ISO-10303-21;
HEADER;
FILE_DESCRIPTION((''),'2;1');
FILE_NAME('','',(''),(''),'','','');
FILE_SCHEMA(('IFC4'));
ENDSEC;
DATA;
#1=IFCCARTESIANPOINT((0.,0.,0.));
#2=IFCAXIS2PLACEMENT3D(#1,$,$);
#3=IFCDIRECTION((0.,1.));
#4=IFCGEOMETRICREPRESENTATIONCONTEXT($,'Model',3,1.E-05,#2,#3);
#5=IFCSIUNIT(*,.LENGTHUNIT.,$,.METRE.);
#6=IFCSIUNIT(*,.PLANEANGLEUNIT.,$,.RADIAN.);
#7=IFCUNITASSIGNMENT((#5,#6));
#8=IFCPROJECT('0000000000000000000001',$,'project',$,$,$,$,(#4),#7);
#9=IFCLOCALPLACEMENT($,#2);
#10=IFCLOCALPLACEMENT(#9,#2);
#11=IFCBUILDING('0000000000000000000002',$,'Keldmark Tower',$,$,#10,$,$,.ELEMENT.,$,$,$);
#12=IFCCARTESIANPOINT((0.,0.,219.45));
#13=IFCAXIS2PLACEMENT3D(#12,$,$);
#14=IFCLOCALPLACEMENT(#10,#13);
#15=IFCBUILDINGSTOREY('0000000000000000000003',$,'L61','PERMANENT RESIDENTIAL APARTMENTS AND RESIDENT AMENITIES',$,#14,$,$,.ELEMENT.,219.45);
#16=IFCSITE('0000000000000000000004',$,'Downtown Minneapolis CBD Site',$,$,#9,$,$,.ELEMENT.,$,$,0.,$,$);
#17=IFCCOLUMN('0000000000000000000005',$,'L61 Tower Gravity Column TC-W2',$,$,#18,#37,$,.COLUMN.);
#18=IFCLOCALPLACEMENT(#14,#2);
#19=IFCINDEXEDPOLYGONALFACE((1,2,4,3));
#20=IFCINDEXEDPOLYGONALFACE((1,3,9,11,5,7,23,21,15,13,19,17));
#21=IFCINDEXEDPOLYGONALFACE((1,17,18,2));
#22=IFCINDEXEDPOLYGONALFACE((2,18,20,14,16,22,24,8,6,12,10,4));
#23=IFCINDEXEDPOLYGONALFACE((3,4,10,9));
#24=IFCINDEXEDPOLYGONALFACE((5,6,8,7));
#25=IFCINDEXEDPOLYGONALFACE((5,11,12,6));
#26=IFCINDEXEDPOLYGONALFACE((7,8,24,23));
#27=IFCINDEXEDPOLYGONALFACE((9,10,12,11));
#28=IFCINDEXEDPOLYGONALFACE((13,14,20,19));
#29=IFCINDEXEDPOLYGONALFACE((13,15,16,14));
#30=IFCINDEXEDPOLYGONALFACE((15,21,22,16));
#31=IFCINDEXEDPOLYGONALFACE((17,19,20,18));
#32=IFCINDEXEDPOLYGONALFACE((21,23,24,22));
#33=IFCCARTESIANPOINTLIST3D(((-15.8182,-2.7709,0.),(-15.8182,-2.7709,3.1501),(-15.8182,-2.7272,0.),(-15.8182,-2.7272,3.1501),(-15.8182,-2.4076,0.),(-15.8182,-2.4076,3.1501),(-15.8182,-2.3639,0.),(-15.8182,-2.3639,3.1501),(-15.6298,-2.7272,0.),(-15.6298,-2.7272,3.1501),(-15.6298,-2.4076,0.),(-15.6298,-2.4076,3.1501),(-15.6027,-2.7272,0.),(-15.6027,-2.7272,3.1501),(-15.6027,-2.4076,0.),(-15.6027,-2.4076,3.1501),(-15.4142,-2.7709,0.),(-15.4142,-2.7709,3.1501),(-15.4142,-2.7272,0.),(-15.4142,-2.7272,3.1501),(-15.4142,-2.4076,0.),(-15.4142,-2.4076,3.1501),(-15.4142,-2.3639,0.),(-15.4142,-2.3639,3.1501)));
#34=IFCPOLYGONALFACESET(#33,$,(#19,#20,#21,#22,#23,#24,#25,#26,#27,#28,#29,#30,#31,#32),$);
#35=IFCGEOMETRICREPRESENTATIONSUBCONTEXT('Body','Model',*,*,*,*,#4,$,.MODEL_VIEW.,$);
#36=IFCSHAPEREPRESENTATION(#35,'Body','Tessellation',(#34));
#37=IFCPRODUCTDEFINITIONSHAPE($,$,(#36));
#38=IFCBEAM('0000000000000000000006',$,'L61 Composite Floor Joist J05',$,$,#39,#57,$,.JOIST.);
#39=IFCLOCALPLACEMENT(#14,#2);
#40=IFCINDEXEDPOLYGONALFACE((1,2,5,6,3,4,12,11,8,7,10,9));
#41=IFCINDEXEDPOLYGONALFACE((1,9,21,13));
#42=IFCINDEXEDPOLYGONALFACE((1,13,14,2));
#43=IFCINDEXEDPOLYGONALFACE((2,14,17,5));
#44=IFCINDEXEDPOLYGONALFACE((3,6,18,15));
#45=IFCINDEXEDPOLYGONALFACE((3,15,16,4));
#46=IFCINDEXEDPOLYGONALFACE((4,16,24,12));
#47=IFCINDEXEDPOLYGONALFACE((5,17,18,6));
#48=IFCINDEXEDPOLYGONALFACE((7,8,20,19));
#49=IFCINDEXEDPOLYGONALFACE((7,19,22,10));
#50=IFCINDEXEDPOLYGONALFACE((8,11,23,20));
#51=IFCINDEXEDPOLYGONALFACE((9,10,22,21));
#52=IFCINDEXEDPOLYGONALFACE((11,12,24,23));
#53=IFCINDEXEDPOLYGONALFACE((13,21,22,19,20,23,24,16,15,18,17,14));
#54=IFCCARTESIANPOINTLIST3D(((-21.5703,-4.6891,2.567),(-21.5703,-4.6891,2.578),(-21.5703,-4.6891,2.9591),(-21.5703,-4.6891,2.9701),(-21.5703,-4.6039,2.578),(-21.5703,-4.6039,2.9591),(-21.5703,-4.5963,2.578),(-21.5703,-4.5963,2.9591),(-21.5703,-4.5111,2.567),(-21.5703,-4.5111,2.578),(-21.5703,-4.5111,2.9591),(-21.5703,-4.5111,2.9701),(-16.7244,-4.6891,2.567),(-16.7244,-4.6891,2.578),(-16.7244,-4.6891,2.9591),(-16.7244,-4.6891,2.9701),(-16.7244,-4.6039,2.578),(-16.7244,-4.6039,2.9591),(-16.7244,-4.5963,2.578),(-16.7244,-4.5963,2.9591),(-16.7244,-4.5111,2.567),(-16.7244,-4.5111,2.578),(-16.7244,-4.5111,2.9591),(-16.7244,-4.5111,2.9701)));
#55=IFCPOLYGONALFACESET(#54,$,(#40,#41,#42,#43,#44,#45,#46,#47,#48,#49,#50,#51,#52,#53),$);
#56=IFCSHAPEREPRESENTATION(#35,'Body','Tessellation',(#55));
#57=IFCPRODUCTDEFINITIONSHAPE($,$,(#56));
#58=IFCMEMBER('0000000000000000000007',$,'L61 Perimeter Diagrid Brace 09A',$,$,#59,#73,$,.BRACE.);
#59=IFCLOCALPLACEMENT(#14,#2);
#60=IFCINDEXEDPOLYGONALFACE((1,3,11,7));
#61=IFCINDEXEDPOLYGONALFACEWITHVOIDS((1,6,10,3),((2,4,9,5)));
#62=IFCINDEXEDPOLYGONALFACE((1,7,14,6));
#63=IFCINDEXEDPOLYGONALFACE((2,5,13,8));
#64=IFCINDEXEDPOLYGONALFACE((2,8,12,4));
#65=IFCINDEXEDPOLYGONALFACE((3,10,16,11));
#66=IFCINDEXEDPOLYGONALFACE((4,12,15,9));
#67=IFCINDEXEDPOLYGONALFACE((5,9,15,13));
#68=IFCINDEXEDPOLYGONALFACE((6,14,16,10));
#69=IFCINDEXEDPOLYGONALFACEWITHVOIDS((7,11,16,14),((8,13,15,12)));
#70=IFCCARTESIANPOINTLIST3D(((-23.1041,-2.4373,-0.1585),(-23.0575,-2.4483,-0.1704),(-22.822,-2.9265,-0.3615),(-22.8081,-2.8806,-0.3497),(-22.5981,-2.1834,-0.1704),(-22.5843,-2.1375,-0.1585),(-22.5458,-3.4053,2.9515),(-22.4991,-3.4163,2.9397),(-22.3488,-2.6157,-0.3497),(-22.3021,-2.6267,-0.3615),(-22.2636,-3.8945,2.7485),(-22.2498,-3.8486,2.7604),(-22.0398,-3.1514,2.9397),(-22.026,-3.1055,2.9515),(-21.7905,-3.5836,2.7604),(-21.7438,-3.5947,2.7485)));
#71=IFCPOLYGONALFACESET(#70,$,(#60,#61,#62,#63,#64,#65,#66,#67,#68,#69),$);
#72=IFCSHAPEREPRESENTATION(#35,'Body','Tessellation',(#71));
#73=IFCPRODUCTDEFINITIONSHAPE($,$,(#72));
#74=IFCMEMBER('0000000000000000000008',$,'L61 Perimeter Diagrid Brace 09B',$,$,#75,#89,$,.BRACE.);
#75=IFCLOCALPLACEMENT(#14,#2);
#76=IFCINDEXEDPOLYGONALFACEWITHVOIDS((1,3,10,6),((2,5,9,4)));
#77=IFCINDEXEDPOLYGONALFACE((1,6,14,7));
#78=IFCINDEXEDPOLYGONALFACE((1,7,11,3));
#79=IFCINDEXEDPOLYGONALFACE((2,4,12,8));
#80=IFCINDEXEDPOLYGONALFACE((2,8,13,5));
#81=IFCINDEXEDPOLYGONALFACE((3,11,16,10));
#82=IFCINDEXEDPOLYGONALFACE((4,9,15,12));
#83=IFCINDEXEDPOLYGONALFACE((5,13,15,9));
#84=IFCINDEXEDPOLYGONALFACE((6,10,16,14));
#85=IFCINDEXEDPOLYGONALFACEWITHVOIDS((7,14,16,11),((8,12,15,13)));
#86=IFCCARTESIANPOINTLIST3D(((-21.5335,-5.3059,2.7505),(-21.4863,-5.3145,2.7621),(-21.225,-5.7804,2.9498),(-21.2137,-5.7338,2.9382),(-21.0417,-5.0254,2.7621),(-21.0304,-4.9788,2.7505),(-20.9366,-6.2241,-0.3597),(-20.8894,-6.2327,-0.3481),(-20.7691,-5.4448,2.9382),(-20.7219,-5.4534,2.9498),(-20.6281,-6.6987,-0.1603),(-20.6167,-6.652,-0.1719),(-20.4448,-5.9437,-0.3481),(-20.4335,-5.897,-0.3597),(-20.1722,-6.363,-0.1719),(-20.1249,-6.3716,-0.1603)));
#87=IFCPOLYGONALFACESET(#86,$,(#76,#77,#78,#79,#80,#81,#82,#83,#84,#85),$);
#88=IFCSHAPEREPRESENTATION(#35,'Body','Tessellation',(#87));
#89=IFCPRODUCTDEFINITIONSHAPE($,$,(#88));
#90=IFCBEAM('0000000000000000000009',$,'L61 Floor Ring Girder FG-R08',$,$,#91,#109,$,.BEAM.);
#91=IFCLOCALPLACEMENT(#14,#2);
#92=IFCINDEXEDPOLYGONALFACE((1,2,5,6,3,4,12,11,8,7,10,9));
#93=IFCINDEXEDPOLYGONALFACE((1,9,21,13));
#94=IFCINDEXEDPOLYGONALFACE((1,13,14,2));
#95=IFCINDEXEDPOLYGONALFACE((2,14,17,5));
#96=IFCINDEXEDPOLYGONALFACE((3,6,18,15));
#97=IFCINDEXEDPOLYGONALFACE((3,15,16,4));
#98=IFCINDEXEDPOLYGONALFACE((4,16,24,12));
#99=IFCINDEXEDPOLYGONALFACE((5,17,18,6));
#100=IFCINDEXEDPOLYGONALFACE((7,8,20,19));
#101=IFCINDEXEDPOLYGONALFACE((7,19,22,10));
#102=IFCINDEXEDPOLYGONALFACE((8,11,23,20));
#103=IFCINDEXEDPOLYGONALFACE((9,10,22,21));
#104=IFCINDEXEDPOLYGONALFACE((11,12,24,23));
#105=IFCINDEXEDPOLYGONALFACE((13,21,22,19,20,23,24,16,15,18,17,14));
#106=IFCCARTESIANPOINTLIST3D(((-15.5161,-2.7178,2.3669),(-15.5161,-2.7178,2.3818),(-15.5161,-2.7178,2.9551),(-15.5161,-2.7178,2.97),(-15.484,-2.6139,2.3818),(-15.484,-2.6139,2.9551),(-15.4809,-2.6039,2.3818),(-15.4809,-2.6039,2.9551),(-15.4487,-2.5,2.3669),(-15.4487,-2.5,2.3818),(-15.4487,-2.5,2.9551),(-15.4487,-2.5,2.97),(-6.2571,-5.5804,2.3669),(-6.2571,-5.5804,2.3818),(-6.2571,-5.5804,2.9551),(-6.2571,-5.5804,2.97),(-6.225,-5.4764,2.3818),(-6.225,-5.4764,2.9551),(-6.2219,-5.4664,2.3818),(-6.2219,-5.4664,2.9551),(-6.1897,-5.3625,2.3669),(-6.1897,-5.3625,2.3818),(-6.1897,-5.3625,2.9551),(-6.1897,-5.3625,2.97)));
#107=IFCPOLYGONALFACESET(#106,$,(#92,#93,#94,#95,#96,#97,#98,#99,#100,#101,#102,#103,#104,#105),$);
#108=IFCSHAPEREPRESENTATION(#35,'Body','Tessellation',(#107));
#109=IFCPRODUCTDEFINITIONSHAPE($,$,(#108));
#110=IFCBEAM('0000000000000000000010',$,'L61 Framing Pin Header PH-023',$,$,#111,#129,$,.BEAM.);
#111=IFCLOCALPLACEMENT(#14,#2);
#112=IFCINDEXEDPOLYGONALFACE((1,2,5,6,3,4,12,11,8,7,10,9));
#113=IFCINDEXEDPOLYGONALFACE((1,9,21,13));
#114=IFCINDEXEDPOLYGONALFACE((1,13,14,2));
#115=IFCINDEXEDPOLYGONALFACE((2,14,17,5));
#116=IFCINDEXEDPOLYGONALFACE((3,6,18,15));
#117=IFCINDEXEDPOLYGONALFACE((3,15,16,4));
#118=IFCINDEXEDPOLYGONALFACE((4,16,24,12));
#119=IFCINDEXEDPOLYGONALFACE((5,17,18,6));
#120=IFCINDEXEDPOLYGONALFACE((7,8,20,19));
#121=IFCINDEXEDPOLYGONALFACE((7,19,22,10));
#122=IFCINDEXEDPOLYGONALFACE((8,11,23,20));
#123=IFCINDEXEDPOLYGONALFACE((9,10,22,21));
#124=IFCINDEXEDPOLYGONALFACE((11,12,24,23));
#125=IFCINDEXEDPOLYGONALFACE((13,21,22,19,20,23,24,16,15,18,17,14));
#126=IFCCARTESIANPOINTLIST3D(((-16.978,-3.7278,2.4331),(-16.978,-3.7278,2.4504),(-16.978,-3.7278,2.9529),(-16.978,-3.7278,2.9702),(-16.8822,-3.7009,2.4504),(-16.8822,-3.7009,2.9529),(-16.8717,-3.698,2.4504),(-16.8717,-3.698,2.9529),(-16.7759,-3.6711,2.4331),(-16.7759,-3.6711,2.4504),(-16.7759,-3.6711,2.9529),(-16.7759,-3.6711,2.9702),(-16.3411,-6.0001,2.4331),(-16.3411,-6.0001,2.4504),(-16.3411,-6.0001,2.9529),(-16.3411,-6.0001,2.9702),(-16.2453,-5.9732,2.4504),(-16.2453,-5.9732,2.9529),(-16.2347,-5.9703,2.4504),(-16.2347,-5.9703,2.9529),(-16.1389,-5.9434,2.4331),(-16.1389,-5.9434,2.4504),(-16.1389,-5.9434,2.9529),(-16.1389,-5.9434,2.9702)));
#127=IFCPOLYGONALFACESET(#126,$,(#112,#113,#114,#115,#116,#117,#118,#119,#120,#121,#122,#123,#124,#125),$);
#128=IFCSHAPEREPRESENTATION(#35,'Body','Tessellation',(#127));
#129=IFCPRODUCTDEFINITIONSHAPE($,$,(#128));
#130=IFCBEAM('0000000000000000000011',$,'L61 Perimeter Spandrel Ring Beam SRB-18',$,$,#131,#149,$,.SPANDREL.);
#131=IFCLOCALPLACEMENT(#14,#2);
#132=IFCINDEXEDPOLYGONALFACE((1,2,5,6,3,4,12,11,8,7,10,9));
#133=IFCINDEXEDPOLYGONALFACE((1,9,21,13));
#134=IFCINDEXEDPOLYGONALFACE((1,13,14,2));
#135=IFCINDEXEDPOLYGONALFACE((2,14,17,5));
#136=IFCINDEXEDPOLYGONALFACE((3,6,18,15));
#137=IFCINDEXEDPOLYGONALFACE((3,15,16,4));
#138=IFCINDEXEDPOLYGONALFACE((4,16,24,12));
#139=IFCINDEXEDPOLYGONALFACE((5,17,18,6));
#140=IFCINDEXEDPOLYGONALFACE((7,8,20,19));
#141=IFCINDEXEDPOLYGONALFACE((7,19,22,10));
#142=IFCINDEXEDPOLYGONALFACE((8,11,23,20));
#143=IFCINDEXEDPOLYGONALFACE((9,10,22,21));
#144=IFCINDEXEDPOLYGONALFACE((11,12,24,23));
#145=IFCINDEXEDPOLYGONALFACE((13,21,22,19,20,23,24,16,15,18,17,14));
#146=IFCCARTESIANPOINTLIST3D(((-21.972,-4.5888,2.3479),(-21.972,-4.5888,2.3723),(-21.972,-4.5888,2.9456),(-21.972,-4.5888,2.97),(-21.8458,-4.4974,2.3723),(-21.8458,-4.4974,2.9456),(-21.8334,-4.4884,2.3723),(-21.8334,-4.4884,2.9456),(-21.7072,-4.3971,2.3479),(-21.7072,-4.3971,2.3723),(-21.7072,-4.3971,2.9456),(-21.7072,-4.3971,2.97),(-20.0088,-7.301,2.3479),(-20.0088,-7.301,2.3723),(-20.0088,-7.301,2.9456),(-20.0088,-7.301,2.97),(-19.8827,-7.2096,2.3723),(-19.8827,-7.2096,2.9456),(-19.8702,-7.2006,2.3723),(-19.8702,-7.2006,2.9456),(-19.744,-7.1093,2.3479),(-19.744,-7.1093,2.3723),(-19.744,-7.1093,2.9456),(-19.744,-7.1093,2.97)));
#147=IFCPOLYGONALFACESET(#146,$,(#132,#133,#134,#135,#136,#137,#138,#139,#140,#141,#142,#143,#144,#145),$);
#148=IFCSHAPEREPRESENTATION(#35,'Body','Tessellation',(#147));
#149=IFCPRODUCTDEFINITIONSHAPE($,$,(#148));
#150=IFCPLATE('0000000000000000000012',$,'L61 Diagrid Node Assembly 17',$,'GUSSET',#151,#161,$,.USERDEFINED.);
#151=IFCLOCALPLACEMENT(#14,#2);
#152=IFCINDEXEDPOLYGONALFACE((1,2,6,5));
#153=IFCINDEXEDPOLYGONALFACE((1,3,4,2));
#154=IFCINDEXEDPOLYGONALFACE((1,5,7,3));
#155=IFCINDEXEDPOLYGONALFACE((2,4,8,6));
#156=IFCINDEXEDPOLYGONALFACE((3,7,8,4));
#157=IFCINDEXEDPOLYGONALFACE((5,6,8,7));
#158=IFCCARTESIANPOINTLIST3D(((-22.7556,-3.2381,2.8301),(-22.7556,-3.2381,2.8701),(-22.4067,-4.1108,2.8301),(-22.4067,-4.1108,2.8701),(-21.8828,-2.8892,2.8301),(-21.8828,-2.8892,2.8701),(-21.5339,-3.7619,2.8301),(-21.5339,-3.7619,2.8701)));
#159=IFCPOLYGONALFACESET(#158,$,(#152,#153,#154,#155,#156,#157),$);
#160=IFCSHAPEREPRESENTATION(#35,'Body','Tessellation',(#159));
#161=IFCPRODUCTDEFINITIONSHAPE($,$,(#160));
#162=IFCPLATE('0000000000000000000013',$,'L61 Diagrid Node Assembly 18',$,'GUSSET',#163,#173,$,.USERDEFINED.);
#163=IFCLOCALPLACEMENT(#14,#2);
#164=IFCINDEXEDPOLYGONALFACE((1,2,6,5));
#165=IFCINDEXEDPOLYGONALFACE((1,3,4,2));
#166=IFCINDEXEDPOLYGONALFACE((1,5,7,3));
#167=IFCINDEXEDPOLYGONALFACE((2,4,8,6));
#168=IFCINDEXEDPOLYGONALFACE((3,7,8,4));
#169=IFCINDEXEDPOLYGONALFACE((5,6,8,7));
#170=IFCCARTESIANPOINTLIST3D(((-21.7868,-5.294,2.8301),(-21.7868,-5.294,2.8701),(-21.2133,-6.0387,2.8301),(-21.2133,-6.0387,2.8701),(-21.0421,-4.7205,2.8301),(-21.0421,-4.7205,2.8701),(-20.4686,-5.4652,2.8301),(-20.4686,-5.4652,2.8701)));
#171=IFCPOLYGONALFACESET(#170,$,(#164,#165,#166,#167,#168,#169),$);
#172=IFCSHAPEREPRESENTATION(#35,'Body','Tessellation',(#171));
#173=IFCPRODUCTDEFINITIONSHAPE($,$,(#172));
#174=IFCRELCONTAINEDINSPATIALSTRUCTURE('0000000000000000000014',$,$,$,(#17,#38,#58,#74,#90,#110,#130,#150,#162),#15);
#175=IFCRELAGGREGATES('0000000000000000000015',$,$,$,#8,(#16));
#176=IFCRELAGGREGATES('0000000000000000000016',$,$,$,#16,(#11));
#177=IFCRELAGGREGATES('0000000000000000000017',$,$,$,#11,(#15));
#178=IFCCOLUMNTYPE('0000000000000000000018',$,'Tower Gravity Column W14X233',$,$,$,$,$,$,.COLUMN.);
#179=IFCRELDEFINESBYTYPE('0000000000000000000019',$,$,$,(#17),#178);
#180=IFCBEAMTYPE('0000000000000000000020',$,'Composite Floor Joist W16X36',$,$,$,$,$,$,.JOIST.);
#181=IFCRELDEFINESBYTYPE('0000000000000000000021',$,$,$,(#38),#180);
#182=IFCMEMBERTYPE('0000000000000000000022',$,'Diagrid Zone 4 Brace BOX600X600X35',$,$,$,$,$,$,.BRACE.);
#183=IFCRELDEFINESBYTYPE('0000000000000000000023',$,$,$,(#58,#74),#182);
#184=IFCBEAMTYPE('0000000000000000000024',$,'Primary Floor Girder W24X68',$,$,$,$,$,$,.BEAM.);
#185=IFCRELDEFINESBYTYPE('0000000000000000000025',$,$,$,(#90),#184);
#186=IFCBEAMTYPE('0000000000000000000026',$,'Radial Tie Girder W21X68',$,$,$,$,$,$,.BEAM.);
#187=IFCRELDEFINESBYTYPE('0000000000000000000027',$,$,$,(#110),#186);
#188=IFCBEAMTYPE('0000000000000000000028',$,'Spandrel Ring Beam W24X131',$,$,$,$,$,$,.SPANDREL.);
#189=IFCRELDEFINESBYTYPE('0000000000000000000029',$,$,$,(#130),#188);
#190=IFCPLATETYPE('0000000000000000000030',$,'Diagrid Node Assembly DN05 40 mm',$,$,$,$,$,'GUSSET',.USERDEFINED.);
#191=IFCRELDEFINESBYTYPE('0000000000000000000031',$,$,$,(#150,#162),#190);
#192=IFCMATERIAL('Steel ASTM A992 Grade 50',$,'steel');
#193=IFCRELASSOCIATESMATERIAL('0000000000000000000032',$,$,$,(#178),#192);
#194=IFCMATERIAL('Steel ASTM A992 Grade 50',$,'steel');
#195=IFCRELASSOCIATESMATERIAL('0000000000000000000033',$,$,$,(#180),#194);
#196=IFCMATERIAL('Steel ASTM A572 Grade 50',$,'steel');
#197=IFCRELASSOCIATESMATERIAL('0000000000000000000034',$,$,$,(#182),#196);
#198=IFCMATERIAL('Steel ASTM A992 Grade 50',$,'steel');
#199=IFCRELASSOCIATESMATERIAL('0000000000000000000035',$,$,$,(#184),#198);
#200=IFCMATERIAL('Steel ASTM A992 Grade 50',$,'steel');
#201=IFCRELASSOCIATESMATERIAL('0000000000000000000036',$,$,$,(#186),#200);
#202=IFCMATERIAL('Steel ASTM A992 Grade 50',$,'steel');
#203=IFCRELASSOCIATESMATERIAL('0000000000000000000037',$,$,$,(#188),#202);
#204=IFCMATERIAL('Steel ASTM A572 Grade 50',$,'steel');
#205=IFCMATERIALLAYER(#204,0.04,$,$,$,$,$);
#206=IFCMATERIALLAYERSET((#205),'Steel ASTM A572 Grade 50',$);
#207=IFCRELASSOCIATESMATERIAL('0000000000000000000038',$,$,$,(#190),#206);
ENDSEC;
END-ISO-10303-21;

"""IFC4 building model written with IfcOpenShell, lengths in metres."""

from ifc_helpers import new_model, si_unit, direction, frame, origin, origin_2d, place, context, subcontext, project, spatial, rectangle, hollow_rectangle, i_section, extrude, material, layer, layer_set, material_profile, profile_set, type_object, element, save


model = new_model("IFC4")

# Units and contexts
model_context = context("Model", 3, precision=1e-05, world=origin(), true_north=direction((0.0, 1.0)))
body_context = subcontext(model_context, "Body", "Model", "MODEL_VIEW")
ifc_project = project(units=[si_unit("LENGTHUNIT", "METRE"), si_unit("PLANEANGLEUNIT", "RADIAN")], contexts=[model_context])

# Site, building, storey
site_placement = place(None, origin())
site = spatial("IfcSite", under=ifc_project, at=site_placement, Name="Downtown Minneapolis CBD Site", CompositionType="ELEMENT", RefElevation=0.0)
building_placement = place(site_placement, origin())
building = spatial("IfcBuilding", under=site, at=building_placement, Name="Keldmark Tower", CompositionType="ELEMENT")
storey_placement = place(building_placement, frame((0.0, 0.0, 219.45)))
storey = spatial("IfcBuildingStorey", under=building, at=storey_placement, Name="L61", Description="PERMANENT RESIDENTIAL APARTMENTS AND RESIDENT AMENITIES", CompositionType="ELEMENT", Elevation=219.45)

# Column
ifc_material_1 = material(Name="Steel ASTM A992 Grade 50", Category="steel")
ifc_material_profile_1 = material_profile(ifc_material_1, i_section(OverallWidth=0.4041, OverallDepth=0.407, WebThickness=0.0271, FlangeThickness=0.0437, at=origin_2d()), Name="W14X233")
ifc_profile_set_1 = profile_set([ifc_material_profile_1], Name="Steel ASTM A992 Grade 50")
column_type = type_object("IfcColumnType", Name="Tower Gravity Column W14X233", PredefinedType="COLUMN", material=ifc_profile_set_1)
column_placement = place(storey_placement, frame((-15.6162, -2.5674, 0.0), z_axis=(0.0, 0.0, 1.0), x_axis=(1.0, 0.0, 0.0)))
element("IfcColumn", 1, at=column_placement, inside=storey, type_object=column_type, Name="L61 Tower Gravity Column TC-W2", PredefinedType="COLUMN", context=body_context, shape_type="SweptSolid", body=[
    extrude(i_section(OverallWidth=0.4041, OverallDepth=0.407, WebThickness=0.0271, FlangeThickness=0.0437, at=origin_2d()), origin(), (0.0, 0.0, 1.0), 3.1501),
])

# Beam
ifc_material_2 = material(Name="Steel ASTM A992 Grade 50", Category="steel")
ifc_material_profile_2 = material_profile(ifc_material_2, i_section(OverallWidth=0.178, OverallDepth=0.4031, WebThickness=0.0076, FlangeThickness=0.011, at=origin_2d()), Name="W16X36")
ifc_profile_set_2 = profile_set([ifc_material_profile_2], Name="Steel ASTM A992 Grade 50")
beam_type_1 = type_object("IfcBeamType", Name="Composite Floor Joist W16X36", PredefinedType="JOIST", material=ifc_profile_set_2)
beam_1_placement = place(storey_placement, frame((-21.5703, -4.6001, 2.7686), z_axis=(1.0, 0.0, 0.0), x_axis=(0.0, 1.0, 0.0)))
element("IfcBeam", 2, at=beam_1_placement, inside=storey, type_object=beam_type_1, Name="L61 Composite Floor Joist J05", PredefinedType="JOIST", context=body_context, shape_type="SweptSolid", body=[
    extrude(i_section(OverallWidth=0.178, OverallDepth=0.4031, WebThickness=0.0076, FlangeThickness=0.011, at=origin_2d()), origin(), (0.0, 0.0, 1.0), 4.8459),
])

# Members
ifc_material_3 = material(Name="Steel ASTM A572 Grade 50", Category="steel")
ifc_material_profile_3 = material_profile(ifc_material_3, hollow_rectangle(XDim=0.6001, YDim=0.6001, WallThickness=0.0349, at=origin_2d()), Name="BOX600X600X35")
ifc_profile_set_3 = profile_set([ifc_material_profile_3], Name="Steel ASTM A572 Grade 50")
member_type = type_object("IfcMemberType", Name="Diagrid Zone 4 Brace BOX600X600X35", PredefinedType="BRACE", material=ifc_profile_set_3)
member_1_placement = place(storey_placement, frame((-22.7031, -2.532, -0.26), z_axis=(0.168952, -0.292914, 0.941093), x_axis=(0.866233, 0.49964, 0.0)))
element("IfcMember", 3, at=member_1_placement, inside=storey, type_object=member_type, Name="L61 Perimeter Diagrid Brace 09A", PredefinedType="BRACE", context=body_context, shape_type="SweptSolid", body=[
    extrude(hollow_rectangle(XDim=0.6001, YDim=0.6001, WallThickness=0.0349, at=origin_2d()), origin(), (0.0, 0.0, 1.0), 3.3047),
])
member_2_placement = place(storey_placement, frame((-20.5308, -6.2979, -0.26), z_axis=(-0.181034, 0.278474, 0.943228), x_axis=(-0.838408, -0.545043, 0.0)))
element("IfcMember", 4, at=member_2_placement, inside=storey, type_object=member_type, Name="L61 Perimeter Diagrid Brace 09B", PredefinedType="BRACE", context=body_context, shape_type="SweptSolid", body=[
    extrude(hollow_rectangle(XDim=0.6001, YDim=0.6001, WallThickness=0.0349, at=origin_2d()), origin(), (0.0, 0.0, 1.0), 3.2974),
])

# Beams
ifc_material_4 = material(Name="Steel ASTM A992 Grade 50", Category="steel")
ifc_material_profile_4 = material_profile(ifc_material_4, i_section(OverallWidth=0.228, OverallDepth=0.603, WebThickness=0.0105, FlangeThickness=0.0149, at=origin_2d()), Name="W24X68")
ifc_profile_set_4 = profile_set([ifc_material_profile_4], Name="Steel ASTM A992 Grade 50")
beam_type_2 = type_object("IfcBeamType", Name="Primary Floor Girder W24X68", PredefinedType="BEAM", material=ifc_profile_set_4)
beam_2_placement = place(storey_placement, frame((-15.4824, -2.6089, 2.6685), z_axis=(0.955383, -0.295369, 0.0), x_axis=(0.295369, 0.955383, 0.0)))
element("IfcBeam", 5, at=beam_2_placement, inside=storey, type_object=beam_type_2, Name="L61 Floor Ring Girder FG-R08", PredefinedType="BEAM", context=body_context, shape_type="SweptSolid", body=[
    extrude(i_section(OverallWidth=0.228, OverallDepth=0.603, WebThickness=0.0105, FlangeThickness=0.0149, at=origin_2d()), origin(), (0.0, 0.0, 1.0), 9.6914),
])
ifc_material_5 = material(Name="Steel ASTM A992 Grade 50", Category="steel")
ifc_material_profile_5 = material_profile(ifc_material_5, i_section(OverallWidth=0.21, OverallDepth=0.5371, WebThickness=0.011, FlangeThickness=0.0173, at=origin_2d()), Name="W21X68")
ifc_profile_set_5 = profile_set([ifc_material_profile_5], Name="Steel ASTM A992 Grade 50")
beam_type_3 = type_object("IfcBeamType", Name="Radial Tie Girder W21X68", PredefinedType="BEAM", material=ifc_profile_set_5)
beam_3_placement = place(storey_placement, frame((-16.877, -3.6995, 2.7017), z_axis=(0.269922, -0.962882, 0.0), x_axis=(0.962882, 0.269922, 0.0)))
element("IfcBeam", 6, at=beam_3_placement, inside=storey, type_object=beam_type_3, Name="L61 Framing Pin Header PH-023", PredefinedType="BEAM", context=body_context, shape_type="SweptSolid", body=[
    extrude(i_section(OverallWidth=0.21, OverallDepth=0.5371, WebThickness=0.011, FlangeThickness=0.0173, at=origin_2d()), origin(), (0.0, 0.0, 1.0), 2.3599),
])
ifc_material_6 = material(Name="Steel ASTM A992 Grade 50", Category="steel")
ifc_material_profile_6 = material_profile(ifc_material_6, i_section(OverallWidth=0.3269, OverallDepth=0.6221, WebThickness=0.0154, FlangeThickness=0.0244, at=origin_2d()), Name="W24X131")
ifc_profile_set_6 = profile_set([ifc_material_profile_6], Name="Steel ASTM A992 Grade 50")
beam_type_4 = type_object("IfcBeamType", Name="Spandrel Ring Beam W24X131", PredefinedType="SPANDREL", material=ifc_profile_set_6)
beam_4_placement = place(storey_placement, frame((-21.8396, -4.4929, 2.6589), z_axis=(0.586345, -0.810062, 0.0), x_axis=(0.810062, 0.586345, 0.0)))
element("IfcBeam", 7, at=beam_4_placement, inside=storey, type_object=beam_type_4, Name="L61 Perimeter Spandrel Ring Beam SRB-18", PredefinedType="SPANDREL", context=body_context, shape_type="SweptSolid", body=[
    extrude(i_section(OverallWidth=0.3269, OverallDepth=0.6221, WebThickness=0.0154, FlangeThickness=0.0244, at=origin_2d()), origin(), (0.0, 0.0, 1.0), 3.3481),
])

# Plates
ifc_material_7 = material(Name="Steel ASTM A572 Grade 50", Category="steel")
ifc_layer_1 = layer(ifc_material_7, 0.04)
ifc_layer_set_1 = layer_set([ifc_layer_1], Name="Steel ASTM A572 Grade 50")
plate_type = type_object("IfcPlateType", Name="Diagrid Node Assembly DN05 40 mm", ElementType="GUSSET", PredefinedType="USERDEFINED", material=ifc_layer_set_1)
for number, where, z_axis, x_axis, name in (
    (8, (-22.1448, -3.5, 2.8301), (0.0, 0.0, 1.0), (0.371206, -0.928551, 0.0), "L61 Diagrid Node Assembly 17"),
    (9, (-21.1277, -5.3796, 2.8301), (0.0, 0.0, 1.0), (0.610145, -0.79229, 0.0), "L61 Diagrid Node Assembly 18"),
):
    element("IfcPlate", number, at=place(storey_placement, frame(where, z_axis=z_axis, x_axis=x_axis)), inside=storey, type_object=plate_type, Name=name, ObjectType="GUSSET", PredefinedType="USERDEFINED", context=body_context, shape_type="SweptSolid", body=[
        extrude(rectangle(XDim=0.9399, YDim=0.9399, at=origin_2d()), origin(), (0.0, 0.0, 1.0), 0.04),
    ])

save(model, "model.ifc")
